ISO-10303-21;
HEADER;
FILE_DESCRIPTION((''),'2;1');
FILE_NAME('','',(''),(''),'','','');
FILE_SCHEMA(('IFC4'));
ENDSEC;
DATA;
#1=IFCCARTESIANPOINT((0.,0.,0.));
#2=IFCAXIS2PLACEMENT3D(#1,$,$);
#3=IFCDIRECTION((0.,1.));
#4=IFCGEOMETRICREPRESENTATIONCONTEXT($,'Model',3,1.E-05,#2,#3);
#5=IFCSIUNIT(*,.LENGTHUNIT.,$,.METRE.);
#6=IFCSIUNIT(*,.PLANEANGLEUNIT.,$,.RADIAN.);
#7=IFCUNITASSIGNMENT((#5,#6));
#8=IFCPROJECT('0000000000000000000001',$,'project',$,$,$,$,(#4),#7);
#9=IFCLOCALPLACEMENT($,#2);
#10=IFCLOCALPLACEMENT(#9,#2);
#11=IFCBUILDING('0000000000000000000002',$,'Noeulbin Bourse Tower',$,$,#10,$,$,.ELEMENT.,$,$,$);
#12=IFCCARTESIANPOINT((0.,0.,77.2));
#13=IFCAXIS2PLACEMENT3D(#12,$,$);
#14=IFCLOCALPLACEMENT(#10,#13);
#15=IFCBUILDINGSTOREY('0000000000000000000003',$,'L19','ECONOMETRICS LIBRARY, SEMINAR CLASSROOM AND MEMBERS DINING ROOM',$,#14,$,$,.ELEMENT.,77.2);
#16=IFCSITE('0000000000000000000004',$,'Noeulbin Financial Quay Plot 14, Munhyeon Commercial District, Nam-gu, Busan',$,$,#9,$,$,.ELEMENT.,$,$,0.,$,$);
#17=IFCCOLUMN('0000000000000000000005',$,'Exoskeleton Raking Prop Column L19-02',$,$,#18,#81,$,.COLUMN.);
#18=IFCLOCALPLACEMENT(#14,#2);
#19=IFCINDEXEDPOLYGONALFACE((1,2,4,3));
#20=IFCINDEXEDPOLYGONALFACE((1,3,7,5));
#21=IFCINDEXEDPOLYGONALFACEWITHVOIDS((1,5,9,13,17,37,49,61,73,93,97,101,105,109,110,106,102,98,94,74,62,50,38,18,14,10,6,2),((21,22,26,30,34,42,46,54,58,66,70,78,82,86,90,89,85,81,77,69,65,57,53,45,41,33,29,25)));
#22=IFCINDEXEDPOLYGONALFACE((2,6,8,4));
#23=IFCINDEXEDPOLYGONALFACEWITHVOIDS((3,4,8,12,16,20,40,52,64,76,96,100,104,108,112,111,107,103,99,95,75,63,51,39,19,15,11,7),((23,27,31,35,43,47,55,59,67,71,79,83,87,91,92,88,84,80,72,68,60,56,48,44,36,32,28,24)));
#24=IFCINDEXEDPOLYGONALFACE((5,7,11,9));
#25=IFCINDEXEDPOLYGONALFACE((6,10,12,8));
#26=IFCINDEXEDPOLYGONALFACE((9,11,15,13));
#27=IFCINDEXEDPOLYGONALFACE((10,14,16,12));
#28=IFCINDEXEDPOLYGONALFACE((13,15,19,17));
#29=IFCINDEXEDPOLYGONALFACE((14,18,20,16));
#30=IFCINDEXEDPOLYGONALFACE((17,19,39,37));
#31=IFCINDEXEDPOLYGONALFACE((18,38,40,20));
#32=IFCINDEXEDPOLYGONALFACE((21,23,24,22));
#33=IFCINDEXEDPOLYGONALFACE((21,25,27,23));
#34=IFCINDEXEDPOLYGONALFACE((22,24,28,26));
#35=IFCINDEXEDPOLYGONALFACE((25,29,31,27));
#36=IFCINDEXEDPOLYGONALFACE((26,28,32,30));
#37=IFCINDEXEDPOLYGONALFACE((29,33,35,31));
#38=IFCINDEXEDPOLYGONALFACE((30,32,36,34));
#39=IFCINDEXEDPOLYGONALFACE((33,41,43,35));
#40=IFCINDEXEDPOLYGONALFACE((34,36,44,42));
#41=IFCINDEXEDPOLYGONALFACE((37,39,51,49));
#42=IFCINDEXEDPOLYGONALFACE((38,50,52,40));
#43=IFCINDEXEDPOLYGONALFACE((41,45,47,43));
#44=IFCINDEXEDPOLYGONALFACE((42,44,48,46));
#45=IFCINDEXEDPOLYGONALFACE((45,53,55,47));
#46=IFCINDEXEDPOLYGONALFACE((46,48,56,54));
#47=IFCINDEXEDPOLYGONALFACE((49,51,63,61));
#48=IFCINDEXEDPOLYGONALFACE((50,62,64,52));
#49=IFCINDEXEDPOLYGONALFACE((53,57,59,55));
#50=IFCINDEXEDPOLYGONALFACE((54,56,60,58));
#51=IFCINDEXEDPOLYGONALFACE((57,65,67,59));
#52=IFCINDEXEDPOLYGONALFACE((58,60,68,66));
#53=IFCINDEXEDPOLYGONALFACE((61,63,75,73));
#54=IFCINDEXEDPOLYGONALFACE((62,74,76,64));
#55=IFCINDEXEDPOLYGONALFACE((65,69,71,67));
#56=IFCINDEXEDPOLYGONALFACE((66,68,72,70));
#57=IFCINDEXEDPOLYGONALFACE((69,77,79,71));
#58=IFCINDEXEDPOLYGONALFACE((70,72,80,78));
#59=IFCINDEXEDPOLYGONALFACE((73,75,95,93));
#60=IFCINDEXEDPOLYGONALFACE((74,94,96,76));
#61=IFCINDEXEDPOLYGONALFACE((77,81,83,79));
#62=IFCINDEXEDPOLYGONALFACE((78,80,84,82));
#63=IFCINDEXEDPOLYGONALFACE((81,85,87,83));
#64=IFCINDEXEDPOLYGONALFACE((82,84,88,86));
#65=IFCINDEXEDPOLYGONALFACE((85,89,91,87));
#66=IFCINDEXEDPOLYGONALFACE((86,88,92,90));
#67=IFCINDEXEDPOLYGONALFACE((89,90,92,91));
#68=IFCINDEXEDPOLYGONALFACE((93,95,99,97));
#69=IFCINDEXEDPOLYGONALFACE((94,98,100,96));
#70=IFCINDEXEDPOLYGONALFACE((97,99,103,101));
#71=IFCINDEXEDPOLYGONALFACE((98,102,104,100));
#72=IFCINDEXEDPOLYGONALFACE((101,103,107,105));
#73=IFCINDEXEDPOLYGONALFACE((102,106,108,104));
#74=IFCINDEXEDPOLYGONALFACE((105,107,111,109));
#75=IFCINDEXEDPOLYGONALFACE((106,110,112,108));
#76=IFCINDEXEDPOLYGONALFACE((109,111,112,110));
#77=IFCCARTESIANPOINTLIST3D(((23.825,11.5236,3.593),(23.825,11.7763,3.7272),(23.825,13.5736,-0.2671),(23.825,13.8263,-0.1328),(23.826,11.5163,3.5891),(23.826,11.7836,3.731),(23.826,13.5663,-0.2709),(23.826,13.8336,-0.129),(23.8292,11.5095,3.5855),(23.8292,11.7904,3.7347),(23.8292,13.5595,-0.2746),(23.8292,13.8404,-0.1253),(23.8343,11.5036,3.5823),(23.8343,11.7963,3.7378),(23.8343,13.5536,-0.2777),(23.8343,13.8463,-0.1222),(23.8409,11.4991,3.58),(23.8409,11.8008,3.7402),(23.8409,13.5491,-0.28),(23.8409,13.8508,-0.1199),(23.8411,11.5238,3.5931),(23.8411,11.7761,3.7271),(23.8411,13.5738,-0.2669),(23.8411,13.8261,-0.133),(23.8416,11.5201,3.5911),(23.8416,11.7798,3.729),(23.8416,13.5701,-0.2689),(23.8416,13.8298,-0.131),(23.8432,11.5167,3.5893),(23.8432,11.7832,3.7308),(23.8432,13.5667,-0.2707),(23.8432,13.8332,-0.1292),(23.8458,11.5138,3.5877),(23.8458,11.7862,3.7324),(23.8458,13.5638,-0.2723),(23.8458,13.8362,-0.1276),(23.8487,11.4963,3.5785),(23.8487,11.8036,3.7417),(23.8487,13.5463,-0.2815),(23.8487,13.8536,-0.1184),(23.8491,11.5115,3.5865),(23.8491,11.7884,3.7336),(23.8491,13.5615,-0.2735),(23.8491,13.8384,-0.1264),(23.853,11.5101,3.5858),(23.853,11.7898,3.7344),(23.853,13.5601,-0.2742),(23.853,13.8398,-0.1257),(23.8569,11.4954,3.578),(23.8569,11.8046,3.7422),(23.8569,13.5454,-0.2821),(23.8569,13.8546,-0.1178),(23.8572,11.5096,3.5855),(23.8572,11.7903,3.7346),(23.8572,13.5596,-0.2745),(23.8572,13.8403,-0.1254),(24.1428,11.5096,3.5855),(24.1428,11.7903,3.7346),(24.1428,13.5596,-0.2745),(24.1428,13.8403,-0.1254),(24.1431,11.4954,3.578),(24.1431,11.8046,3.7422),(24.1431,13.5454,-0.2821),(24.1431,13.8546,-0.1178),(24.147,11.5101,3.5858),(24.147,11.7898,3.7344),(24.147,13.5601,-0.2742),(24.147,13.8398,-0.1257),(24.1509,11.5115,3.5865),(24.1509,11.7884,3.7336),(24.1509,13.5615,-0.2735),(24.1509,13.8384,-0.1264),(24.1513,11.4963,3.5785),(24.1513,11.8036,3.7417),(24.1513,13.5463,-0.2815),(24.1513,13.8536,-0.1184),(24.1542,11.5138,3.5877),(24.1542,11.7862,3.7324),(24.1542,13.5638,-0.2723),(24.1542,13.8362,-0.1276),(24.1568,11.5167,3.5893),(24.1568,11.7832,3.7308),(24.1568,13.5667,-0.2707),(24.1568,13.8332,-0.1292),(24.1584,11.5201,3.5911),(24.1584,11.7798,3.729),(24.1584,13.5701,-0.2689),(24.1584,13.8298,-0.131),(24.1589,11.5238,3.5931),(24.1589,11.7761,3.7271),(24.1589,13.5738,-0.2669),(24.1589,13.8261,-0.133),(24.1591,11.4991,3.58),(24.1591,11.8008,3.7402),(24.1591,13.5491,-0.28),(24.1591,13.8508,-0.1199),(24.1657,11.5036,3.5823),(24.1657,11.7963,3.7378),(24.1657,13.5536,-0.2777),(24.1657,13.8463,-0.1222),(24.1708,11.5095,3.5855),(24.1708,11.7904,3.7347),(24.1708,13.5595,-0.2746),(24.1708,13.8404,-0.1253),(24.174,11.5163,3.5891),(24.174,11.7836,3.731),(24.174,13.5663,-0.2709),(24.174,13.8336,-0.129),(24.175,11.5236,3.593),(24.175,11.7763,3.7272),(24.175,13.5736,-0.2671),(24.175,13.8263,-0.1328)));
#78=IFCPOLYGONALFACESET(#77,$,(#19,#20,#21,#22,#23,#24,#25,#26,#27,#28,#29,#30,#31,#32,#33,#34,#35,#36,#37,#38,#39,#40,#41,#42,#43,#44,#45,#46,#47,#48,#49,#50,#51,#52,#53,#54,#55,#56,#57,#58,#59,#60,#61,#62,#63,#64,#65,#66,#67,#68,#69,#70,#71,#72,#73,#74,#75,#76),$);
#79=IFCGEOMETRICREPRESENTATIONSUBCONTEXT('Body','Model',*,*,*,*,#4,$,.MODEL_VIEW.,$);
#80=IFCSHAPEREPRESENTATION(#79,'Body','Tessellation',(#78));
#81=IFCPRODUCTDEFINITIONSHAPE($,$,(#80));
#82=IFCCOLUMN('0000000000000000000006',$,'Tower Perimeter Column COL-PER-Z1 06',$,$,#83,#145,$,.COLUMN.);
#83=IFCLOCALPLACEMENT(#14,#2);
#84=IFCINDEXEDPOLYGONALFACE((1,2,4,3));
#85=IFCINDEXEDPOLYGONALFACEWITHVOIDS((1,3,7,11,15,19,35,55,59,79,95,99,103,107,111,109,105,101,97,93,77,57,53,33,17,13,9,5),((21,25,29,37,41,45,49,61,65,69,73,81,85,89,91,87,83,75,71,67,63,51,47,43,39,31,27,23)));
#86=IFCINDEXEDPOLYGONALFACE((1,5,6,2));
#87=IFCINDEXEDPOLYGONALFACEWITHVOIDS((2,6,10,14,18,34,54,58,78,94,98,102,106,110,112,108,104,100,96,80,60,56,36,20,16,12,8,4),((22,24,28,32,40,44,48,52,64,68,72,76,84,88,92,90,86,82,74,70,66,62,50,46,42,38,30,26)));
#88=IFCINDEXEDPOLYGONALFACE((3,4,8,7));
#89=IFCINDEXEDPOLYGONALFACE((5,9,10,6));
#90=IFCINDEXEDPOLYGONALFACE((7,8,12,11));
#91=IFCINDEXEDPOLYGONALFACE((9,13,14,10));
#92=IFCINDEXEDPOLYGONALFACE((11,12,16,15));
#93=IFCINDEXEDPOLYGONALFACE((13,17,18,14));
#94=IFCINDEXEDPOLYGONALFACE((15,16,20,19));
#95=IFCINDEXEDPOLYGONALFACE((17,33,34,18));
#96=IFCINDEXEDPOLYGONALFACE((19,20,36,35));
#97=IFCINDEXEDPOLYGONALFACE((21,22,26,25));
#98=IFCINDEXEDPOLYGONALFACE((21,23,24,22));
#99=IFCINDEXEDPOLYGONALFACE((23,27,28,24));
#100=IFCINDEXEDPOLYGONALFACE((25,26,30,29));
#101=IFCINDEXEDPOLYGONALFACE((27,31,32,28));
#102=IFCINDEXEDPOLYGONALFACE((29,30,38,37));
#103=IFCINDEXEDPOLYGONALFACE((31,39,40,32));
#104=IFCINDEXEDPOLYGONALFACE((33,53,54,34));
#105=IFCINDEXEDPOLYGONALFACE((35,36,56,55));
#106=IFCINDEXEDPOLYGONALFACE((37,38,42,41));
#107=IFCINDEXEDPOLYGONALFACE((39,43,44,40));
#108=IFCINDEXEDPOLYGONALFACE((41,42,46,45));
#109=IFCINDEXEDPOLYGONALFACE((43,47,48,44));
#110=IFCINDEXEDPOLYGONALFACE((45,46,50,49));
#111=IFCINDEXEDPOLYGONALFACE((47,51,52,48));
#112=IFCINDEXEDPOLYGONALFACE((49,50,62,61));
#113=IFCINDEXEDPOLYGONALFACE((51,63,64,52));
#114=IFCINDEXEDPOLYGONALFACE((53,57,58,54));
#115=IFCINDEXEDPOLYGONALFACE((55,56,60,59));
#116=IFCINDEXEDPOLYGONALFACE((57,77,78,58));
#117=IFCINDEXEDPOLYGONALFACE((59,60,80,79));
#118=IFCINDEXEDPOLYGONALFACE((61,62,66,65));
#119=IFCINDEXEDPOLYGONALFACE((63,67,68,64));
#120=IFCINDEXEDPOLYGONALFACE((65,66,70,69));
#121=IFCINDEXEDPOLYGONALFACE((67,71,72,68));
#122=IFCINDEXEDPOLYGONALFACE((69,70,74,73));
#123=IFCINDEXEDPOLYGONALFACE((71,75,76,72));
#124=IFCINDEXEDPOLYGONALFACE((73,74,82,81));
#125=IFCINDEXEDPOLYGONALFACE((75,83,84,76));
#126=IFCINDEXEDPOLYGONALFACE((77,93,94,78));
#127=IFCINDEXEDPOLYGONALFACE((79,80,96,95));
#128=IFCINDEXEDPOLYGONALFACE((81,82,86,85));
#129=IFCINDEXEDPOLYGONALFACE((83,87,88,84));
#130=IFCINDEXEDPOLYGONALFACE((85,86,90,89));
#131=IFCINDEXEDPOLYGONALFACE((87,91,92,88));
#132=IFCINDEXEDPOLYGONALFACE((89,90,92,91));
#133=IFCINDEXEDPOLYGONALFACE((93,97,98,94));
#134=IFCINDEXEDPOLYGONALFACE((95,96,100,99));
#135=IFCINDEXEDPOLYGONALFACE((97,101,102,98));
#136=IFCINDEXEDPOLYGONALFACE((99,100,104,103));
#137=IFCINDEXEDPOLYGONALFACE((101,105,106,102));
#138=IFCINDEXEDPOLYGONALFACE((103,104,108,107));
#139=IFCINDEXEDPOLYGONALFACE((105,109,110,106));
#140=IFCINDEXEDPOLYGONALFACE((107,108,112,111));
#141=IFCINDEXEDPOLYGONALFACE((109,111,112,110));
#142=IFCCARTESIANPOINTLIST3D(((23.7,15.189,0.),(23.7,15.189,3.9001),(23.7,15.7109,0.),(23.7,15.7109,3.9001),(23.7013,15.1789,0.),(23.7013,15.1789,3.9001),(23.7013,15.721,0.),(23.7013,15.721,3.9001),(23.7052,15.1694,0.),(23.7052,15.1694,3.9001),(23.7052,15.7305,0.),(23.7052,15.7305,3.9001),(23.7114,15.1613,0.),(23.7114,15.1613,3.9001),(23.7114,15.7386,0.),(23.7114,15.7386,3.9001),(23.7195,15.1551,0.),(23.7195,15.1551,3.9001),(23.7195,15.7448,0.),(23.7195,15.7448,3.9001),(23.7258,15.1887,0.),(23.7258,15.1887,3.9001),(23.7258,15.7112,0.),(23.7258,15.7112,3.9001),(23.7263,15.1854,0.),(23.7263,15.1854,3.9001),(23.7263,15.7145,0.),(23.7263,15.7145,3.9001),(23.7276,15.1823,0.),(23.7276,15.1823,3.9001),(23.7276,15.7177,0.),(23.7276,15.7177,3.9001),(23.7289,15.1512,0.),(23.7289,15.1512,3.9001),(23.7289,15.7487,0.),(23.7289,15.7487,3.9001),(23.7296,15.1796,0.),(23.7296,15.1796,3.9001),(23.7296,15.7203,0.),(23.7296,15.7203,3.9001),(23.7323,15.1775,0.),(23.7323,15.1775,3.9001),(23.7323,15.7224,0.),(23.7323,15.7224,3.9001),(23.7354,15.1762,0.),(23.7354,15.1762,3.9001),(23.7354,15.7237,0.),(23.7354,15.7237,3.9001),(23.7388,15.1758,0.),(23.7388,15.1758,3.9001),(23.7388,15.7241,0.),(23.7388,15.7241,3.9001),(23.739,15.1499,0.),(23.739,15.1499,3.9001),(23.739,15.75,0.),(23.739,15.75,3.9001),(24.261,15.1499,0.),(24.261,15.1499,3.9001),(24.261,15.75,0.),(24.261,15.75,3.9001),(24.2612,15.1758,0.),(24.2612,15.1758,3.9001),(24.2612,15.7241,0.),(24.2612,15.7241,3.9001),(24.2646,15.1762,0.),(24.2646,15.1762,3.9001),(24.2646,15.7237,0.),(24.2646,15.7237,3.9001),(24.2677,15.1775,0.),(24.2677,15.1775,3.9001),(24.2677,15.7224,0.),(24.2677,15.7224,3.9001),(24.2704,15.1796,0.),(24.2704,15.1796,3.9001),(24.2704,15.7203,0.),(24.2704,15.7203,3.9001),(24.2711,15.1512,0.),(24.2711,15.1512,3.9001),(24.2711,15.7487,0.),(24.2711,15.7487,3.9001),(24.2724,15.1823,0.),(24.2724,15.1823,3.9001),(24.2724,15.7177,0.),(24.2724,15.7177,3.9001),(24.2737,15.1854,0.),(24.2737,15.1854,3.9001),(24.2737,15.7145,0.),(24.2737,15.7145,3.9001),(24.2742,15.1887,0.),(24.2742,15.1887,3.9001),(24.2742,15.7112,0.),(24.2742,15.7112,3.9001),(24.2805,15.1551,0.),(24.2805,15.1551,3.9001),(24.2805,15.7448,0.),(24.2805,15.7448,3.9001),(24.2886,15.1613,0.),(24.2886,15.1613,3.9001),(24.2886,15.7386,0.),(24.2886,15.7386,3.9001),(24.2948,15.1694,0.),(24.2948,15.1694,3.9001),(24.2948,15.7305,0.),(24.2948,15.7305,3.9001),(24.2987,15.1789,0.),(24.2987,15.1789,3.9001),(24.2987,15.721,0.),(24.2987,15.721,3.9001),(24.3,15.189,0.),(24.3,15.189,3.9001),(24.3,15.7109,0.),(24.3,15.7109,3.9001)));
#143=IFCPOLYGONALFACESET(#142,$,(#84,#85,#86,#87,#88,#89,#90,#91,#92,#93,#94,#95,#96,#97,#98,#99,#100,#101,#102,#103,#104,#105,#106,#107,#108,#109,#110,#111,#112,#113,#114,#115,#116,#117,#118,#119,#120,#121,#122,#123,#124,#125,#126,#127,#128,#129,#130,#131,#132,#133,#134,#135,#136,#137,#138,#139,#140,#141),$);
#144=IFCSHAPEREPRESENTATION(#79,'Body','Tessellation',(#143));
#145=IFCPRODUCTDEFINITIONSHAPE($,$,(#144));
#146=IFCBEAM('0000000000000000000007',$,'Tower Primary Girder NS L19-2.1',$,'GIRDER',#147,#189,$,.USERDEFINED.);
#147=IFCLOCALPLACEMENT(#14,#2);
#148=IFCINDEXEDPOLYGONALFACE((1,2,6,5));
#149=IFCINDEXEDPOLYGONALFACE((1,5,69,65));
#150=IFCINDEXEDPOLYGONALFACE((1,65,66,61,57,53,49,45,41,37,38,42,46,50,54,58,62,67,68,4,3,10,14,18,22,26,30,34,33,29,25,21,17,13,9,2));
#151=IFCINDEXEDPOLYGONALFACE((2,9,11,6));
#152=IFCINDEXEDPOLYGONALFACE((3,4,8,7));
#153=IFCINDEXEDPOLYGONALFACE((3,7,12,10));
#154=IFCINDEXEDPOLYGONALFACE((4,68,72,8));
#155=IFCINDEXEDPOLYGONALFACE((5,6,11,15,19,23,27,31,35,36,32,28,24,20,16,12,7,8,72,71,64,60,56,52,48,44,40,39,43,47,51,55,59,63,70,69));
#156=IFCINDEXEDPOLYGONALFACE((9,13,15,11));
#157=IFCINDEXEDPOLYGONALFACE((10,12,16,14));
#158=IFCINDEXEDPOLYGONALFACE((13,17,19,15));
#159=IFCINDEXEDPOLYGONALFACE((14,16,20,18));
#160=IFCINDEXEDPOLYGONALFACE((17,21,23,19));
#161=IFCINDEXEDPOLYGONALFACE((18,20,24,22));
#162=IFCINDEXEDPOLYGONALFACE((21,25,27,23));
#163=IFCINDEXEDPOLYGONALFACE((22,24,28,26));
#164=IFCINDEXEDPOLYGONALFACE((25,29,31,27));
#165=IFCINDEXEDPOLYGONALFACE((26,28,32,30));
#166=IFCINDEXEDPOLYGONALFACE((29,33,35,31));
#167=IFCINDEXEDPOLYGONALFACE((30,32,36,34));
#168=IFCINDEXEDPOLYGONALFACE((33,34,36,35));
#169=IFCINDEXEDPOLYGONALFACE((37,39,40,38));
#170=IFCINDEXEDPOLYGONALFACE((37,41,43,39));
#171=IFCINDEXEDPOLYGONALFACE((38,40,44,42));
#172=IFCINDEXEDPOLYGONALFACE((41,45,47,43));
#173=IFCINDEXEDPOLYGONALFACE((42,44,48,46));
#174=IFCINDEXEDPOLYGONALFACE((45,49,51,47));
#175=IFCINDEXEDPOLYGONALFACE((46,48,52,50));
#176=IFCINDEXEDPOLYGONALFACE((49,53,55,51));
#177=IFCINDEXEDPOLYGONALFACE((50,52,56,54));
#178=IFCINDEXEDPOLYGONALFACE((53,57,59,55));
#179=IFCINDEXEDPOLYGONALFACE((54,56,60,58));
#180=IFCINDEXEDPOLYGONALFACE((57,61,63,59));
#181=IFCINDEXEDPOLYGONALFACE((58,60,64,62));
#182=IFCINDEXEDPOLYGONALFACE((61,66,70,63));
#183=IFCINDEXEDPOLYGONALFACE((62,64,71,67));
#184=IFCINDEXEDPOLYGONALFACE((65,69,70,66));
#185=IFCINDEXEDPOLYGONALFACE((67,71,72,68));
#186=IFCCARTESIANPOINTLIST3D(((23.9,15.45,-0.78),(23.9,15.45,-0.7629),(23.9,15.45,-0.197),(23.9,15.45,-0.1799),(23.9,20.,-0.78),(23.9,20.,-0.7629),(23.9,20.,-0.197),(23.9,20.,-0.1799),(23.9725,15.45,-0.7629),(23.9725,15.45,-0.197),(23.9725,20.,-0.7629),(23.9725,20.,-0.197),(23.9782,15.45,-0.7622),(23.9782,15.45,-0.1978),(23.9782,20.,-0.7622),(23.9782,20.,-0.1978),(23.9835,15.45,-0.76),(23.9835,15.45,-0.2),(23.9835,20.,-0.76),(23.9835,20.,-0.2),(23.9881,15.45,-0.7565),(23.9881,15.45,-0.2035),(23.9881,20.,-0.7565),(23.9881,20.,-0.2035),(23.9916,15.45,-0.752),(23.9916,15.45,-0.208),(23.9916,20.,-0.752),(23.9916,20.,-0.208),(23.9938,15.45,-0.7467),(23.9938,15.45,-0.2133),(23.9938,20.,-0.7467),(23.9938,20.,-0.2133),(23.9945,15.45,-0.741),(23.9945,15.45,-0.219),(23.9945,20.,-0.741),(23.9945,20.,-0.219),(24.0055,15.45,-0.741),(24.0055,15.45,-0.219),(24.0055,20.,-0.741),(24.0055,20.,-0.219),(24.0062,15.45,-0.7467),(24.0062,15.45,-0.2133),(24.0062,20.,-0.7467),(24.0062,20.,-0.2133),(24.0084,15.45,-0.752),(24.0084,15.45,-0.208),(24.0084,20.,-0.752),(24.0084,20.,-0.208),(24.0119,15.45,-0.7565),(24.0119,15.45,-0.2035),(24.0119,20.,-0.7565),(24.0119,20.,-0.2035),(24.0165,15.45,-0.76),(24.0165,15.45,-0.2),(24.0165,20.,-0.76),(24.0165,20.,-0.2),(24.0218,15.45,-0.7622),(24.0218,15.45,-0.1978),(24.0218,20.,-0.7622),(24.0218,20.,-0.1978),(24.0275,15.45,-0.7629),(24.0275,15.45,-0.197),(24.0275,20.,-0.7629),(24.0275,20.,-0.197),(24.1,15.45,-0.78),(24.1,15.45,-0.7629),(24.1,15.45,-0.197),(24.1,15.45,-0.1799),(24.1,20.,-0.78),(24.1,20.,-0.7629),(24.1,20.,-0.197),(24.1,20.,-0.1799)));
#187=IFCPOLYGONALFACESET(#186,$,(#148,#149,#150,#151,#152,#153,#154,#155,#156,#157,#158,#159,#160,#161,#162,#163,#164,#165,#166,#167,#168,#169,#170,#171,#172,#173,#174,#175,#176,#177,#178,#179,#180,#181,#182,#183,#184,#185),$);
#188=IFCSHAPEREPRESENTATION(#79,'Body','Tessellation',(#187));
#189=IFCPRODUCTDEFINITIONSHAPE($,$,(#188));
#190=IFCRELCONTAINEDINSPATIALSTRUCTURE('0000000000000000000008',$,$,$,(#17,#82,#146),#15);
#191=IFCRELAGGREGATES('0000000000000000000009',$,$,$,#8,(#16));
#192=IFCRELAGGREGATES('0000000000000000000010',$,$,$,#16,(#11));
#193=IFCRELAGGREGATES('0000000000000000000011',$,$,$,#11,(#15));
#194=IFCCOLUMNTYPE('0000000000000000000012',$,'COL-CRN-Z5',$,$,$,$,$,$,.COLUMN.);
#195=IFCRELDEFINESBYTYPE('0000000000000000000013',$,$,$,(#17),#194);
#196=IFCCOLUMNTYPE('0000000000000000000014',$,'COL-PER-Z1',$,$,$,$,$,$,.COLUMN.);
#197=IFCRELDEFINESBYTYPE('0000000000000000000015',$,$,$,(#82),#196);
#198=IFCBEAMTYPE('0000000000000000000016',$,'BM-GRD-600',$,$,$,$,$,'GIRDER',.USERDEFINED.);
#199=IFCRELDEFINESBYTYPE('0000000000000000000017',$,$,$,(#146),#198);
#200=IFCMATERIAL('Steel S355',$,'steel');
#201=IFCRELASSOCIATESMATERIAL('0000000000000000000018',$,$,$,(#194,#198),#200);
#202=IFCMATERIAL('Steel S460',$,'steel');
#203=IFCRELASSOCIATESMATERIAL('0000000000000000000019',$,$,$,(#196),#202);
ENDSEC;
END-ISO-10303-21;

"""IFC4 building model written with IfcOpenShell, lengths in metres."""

from ifc_helpers import new_model, si_unit, direction, frame, origin, origin_2d, place, context, subcontext, project, spatial, hollow_rectangle, i_section, extrude, material, material_profile, profile_set, type_object, element, save


model = new_model("IFC4")

# Units and contexts
model_context = context("Model", 3, precision=1e-05, world=origin(), true_north=direction((0.0, 1.0)))
body_context = subcontext(model_context, "Body", "Model", "MODEL_VIEW")
ifc_project = project(units=[si_unit("LENGTHUNIT", "METRE"), si_unit("PLANEANGLEUNIT", "RADIAN")], contexts=[model_context])

# Site, building, storey
site_placement = place(None, origin())
site = spatial("IfcSite", under=ifc_project, at=site_placement, Name="Noeulbin Financial Quay Plot 14, Munhyeon Commercial District, Nam-gu, Busan", CompositionType="ELEMENT", RefElevation=0.0)
building_placement = place(site_placement, origin())
building = spatial("IfcBuilding", under=site, at=building_placement, Name="Noeulbin Bourse Tower", CompositionType="ELEMENT")
storey_placement = place(building_placement, frame((0.0, 0.0, 77.2)))
storey = spatial("IfcBuildingStorey", under=building, at=storey_placement, Name="L19", Description="ECONOMETRICS LIBRARY, SEMINAR CLASSROOM AND MEMBERS DINING ROOM", CompositionType="ELEMENT", Elevation=77.2)

# Columns
ifc_material_1 = material(Name="Steel S355", Category="steel")
ifc_material_profile_1 = material_profile(ifc_material_1, hollow_rectangle(XDim=0.3501, YDim=0.3501, WallThickness=0.0161, InnerFilletRadius=0.0161, OuterFilletRadius=0.032, at=origin_2d()), Name="SHS-350x350x16", Category="LoadBearing")
ifc_profile_set_1 = profile_set([ifc_material_profile_1], Name="Steel S355")
column_type_1 = type_object("IfcColumnType", Name="COL-CRN-Z5", PredefinedType="COLUMN", material=ifc_profile_set_1)
column_1_placement = place(storey_placement, frame((24.0, 13.7, -0.2), z_axis=(0.0, -0.469042, 0.883176), x_axis=(1.0, 0.0, 0.0)))
element("IfcColumn", 1, at=column_1_placement, inside=storey, type_object=column_type_1, Name="Exoskeleton Raking Prop Column L19-02", PredefinedType="COLUMN", context=body_context, shape_type="SweptSolid", body=[
    extrude(hollow_rectangle(XDim=0.3501, YDim=0.3501, WallThickness=0.0161, InnerFilletRadius=0.0161, OuterFilletRadius=0.032, at=origin_2d()), origin(), (0.0, 0.0, 1.0), 4.3706),
])
ifc_material_2 = material(Name="Steel S460", Category="steel")
ifc_material_profile_2 = material_profile(ifc_material_2, hollow_rectangle(XDim=0.6001, YDim=0.6001, WallThickness=0.0259, InnerFilletRadius=0.0129, OuterFilletRadius=0.0391, at=origin_2d()), Name="BOX-600x600x26", Category="LoadBearing")
ifc_profile_set_2 = profile_set([ifc_material_profile_2], Name="Steel S460")
column_type_2 = type_object("IfcColumnType", Name="COL-PER-Z1", PredefinedType="COLUMN", material=ifc_profile_set_2)
column_2_placement = place(storey_placement, frame((24.0, 15.45, 0.0), z_axis=(0.0, 0.0, 1.0), x_axis=(1.0, 0.0, 0.0)))
element("IfcColumn", 2, at=column_2_placement, inside=storey, type_object=column_type_2, Name="Tower Perimeter Column COL-PER-Z1 06", PredefinedType="COLUMN", context=body_context, shape_type="SweptSolid", body=[
    extrude(hollow_rectangle(XDim=0.6001, YDim=0.6001, WallThickness=0.0259, InnerFilletRadius=0.0129, OuterFilletRadius=0.0391, at=origin_2d()), origin(), (0.0, 0.0, 1.0), 3.9001),
])

# Beam
ifc_material_profile_3 = material_profile(ifc_material_1, i_section(OverallWidth=0.2, OverallDepth=0.6001, WebThickness=0.011, FlangeThickness=0.0171, FilletRadius=0.022, at=origin_2d()), Name="H-600x200x11x17", Category="LoadBearing")
ifc_profile_set_3 = profile_set([ifc_material_profile_3], Name="Steel S355")
beam_type_1 = type_object("IfcBeamType", Name="BM-GRD-600", ElementType="GIRDER", PredefinedType="USERDEFINED", material=ifc_profile_set_3)
beam_1_placement = place(storey_placement, frame((24.0, 15.45, -0.48), z_axis=(0.0, 1.0, 0.0), x_axis=(-1.0, 0.0, 0.0)))
element("IfcBeam", 3, at=beam_1_placement, inside=storey, type_object=beam_type_1, Name="Tower Primary Girder NS L19-2.1", ObjectType="GIRDER", PredefinedType="USERDEFINED", context=body_context, shape_type="SweptSolid", body=[
    extrude(i_section(OverallWidth=0.2, OverallDepth=0.6001, WebThickness=0.011, FlangeThickness=0.0171, FilletRadius=0.022, at=origin_2d()), origin(), (0.0, 0.0, 1.0), 4.55),
])

save(model, "model.ifc")
